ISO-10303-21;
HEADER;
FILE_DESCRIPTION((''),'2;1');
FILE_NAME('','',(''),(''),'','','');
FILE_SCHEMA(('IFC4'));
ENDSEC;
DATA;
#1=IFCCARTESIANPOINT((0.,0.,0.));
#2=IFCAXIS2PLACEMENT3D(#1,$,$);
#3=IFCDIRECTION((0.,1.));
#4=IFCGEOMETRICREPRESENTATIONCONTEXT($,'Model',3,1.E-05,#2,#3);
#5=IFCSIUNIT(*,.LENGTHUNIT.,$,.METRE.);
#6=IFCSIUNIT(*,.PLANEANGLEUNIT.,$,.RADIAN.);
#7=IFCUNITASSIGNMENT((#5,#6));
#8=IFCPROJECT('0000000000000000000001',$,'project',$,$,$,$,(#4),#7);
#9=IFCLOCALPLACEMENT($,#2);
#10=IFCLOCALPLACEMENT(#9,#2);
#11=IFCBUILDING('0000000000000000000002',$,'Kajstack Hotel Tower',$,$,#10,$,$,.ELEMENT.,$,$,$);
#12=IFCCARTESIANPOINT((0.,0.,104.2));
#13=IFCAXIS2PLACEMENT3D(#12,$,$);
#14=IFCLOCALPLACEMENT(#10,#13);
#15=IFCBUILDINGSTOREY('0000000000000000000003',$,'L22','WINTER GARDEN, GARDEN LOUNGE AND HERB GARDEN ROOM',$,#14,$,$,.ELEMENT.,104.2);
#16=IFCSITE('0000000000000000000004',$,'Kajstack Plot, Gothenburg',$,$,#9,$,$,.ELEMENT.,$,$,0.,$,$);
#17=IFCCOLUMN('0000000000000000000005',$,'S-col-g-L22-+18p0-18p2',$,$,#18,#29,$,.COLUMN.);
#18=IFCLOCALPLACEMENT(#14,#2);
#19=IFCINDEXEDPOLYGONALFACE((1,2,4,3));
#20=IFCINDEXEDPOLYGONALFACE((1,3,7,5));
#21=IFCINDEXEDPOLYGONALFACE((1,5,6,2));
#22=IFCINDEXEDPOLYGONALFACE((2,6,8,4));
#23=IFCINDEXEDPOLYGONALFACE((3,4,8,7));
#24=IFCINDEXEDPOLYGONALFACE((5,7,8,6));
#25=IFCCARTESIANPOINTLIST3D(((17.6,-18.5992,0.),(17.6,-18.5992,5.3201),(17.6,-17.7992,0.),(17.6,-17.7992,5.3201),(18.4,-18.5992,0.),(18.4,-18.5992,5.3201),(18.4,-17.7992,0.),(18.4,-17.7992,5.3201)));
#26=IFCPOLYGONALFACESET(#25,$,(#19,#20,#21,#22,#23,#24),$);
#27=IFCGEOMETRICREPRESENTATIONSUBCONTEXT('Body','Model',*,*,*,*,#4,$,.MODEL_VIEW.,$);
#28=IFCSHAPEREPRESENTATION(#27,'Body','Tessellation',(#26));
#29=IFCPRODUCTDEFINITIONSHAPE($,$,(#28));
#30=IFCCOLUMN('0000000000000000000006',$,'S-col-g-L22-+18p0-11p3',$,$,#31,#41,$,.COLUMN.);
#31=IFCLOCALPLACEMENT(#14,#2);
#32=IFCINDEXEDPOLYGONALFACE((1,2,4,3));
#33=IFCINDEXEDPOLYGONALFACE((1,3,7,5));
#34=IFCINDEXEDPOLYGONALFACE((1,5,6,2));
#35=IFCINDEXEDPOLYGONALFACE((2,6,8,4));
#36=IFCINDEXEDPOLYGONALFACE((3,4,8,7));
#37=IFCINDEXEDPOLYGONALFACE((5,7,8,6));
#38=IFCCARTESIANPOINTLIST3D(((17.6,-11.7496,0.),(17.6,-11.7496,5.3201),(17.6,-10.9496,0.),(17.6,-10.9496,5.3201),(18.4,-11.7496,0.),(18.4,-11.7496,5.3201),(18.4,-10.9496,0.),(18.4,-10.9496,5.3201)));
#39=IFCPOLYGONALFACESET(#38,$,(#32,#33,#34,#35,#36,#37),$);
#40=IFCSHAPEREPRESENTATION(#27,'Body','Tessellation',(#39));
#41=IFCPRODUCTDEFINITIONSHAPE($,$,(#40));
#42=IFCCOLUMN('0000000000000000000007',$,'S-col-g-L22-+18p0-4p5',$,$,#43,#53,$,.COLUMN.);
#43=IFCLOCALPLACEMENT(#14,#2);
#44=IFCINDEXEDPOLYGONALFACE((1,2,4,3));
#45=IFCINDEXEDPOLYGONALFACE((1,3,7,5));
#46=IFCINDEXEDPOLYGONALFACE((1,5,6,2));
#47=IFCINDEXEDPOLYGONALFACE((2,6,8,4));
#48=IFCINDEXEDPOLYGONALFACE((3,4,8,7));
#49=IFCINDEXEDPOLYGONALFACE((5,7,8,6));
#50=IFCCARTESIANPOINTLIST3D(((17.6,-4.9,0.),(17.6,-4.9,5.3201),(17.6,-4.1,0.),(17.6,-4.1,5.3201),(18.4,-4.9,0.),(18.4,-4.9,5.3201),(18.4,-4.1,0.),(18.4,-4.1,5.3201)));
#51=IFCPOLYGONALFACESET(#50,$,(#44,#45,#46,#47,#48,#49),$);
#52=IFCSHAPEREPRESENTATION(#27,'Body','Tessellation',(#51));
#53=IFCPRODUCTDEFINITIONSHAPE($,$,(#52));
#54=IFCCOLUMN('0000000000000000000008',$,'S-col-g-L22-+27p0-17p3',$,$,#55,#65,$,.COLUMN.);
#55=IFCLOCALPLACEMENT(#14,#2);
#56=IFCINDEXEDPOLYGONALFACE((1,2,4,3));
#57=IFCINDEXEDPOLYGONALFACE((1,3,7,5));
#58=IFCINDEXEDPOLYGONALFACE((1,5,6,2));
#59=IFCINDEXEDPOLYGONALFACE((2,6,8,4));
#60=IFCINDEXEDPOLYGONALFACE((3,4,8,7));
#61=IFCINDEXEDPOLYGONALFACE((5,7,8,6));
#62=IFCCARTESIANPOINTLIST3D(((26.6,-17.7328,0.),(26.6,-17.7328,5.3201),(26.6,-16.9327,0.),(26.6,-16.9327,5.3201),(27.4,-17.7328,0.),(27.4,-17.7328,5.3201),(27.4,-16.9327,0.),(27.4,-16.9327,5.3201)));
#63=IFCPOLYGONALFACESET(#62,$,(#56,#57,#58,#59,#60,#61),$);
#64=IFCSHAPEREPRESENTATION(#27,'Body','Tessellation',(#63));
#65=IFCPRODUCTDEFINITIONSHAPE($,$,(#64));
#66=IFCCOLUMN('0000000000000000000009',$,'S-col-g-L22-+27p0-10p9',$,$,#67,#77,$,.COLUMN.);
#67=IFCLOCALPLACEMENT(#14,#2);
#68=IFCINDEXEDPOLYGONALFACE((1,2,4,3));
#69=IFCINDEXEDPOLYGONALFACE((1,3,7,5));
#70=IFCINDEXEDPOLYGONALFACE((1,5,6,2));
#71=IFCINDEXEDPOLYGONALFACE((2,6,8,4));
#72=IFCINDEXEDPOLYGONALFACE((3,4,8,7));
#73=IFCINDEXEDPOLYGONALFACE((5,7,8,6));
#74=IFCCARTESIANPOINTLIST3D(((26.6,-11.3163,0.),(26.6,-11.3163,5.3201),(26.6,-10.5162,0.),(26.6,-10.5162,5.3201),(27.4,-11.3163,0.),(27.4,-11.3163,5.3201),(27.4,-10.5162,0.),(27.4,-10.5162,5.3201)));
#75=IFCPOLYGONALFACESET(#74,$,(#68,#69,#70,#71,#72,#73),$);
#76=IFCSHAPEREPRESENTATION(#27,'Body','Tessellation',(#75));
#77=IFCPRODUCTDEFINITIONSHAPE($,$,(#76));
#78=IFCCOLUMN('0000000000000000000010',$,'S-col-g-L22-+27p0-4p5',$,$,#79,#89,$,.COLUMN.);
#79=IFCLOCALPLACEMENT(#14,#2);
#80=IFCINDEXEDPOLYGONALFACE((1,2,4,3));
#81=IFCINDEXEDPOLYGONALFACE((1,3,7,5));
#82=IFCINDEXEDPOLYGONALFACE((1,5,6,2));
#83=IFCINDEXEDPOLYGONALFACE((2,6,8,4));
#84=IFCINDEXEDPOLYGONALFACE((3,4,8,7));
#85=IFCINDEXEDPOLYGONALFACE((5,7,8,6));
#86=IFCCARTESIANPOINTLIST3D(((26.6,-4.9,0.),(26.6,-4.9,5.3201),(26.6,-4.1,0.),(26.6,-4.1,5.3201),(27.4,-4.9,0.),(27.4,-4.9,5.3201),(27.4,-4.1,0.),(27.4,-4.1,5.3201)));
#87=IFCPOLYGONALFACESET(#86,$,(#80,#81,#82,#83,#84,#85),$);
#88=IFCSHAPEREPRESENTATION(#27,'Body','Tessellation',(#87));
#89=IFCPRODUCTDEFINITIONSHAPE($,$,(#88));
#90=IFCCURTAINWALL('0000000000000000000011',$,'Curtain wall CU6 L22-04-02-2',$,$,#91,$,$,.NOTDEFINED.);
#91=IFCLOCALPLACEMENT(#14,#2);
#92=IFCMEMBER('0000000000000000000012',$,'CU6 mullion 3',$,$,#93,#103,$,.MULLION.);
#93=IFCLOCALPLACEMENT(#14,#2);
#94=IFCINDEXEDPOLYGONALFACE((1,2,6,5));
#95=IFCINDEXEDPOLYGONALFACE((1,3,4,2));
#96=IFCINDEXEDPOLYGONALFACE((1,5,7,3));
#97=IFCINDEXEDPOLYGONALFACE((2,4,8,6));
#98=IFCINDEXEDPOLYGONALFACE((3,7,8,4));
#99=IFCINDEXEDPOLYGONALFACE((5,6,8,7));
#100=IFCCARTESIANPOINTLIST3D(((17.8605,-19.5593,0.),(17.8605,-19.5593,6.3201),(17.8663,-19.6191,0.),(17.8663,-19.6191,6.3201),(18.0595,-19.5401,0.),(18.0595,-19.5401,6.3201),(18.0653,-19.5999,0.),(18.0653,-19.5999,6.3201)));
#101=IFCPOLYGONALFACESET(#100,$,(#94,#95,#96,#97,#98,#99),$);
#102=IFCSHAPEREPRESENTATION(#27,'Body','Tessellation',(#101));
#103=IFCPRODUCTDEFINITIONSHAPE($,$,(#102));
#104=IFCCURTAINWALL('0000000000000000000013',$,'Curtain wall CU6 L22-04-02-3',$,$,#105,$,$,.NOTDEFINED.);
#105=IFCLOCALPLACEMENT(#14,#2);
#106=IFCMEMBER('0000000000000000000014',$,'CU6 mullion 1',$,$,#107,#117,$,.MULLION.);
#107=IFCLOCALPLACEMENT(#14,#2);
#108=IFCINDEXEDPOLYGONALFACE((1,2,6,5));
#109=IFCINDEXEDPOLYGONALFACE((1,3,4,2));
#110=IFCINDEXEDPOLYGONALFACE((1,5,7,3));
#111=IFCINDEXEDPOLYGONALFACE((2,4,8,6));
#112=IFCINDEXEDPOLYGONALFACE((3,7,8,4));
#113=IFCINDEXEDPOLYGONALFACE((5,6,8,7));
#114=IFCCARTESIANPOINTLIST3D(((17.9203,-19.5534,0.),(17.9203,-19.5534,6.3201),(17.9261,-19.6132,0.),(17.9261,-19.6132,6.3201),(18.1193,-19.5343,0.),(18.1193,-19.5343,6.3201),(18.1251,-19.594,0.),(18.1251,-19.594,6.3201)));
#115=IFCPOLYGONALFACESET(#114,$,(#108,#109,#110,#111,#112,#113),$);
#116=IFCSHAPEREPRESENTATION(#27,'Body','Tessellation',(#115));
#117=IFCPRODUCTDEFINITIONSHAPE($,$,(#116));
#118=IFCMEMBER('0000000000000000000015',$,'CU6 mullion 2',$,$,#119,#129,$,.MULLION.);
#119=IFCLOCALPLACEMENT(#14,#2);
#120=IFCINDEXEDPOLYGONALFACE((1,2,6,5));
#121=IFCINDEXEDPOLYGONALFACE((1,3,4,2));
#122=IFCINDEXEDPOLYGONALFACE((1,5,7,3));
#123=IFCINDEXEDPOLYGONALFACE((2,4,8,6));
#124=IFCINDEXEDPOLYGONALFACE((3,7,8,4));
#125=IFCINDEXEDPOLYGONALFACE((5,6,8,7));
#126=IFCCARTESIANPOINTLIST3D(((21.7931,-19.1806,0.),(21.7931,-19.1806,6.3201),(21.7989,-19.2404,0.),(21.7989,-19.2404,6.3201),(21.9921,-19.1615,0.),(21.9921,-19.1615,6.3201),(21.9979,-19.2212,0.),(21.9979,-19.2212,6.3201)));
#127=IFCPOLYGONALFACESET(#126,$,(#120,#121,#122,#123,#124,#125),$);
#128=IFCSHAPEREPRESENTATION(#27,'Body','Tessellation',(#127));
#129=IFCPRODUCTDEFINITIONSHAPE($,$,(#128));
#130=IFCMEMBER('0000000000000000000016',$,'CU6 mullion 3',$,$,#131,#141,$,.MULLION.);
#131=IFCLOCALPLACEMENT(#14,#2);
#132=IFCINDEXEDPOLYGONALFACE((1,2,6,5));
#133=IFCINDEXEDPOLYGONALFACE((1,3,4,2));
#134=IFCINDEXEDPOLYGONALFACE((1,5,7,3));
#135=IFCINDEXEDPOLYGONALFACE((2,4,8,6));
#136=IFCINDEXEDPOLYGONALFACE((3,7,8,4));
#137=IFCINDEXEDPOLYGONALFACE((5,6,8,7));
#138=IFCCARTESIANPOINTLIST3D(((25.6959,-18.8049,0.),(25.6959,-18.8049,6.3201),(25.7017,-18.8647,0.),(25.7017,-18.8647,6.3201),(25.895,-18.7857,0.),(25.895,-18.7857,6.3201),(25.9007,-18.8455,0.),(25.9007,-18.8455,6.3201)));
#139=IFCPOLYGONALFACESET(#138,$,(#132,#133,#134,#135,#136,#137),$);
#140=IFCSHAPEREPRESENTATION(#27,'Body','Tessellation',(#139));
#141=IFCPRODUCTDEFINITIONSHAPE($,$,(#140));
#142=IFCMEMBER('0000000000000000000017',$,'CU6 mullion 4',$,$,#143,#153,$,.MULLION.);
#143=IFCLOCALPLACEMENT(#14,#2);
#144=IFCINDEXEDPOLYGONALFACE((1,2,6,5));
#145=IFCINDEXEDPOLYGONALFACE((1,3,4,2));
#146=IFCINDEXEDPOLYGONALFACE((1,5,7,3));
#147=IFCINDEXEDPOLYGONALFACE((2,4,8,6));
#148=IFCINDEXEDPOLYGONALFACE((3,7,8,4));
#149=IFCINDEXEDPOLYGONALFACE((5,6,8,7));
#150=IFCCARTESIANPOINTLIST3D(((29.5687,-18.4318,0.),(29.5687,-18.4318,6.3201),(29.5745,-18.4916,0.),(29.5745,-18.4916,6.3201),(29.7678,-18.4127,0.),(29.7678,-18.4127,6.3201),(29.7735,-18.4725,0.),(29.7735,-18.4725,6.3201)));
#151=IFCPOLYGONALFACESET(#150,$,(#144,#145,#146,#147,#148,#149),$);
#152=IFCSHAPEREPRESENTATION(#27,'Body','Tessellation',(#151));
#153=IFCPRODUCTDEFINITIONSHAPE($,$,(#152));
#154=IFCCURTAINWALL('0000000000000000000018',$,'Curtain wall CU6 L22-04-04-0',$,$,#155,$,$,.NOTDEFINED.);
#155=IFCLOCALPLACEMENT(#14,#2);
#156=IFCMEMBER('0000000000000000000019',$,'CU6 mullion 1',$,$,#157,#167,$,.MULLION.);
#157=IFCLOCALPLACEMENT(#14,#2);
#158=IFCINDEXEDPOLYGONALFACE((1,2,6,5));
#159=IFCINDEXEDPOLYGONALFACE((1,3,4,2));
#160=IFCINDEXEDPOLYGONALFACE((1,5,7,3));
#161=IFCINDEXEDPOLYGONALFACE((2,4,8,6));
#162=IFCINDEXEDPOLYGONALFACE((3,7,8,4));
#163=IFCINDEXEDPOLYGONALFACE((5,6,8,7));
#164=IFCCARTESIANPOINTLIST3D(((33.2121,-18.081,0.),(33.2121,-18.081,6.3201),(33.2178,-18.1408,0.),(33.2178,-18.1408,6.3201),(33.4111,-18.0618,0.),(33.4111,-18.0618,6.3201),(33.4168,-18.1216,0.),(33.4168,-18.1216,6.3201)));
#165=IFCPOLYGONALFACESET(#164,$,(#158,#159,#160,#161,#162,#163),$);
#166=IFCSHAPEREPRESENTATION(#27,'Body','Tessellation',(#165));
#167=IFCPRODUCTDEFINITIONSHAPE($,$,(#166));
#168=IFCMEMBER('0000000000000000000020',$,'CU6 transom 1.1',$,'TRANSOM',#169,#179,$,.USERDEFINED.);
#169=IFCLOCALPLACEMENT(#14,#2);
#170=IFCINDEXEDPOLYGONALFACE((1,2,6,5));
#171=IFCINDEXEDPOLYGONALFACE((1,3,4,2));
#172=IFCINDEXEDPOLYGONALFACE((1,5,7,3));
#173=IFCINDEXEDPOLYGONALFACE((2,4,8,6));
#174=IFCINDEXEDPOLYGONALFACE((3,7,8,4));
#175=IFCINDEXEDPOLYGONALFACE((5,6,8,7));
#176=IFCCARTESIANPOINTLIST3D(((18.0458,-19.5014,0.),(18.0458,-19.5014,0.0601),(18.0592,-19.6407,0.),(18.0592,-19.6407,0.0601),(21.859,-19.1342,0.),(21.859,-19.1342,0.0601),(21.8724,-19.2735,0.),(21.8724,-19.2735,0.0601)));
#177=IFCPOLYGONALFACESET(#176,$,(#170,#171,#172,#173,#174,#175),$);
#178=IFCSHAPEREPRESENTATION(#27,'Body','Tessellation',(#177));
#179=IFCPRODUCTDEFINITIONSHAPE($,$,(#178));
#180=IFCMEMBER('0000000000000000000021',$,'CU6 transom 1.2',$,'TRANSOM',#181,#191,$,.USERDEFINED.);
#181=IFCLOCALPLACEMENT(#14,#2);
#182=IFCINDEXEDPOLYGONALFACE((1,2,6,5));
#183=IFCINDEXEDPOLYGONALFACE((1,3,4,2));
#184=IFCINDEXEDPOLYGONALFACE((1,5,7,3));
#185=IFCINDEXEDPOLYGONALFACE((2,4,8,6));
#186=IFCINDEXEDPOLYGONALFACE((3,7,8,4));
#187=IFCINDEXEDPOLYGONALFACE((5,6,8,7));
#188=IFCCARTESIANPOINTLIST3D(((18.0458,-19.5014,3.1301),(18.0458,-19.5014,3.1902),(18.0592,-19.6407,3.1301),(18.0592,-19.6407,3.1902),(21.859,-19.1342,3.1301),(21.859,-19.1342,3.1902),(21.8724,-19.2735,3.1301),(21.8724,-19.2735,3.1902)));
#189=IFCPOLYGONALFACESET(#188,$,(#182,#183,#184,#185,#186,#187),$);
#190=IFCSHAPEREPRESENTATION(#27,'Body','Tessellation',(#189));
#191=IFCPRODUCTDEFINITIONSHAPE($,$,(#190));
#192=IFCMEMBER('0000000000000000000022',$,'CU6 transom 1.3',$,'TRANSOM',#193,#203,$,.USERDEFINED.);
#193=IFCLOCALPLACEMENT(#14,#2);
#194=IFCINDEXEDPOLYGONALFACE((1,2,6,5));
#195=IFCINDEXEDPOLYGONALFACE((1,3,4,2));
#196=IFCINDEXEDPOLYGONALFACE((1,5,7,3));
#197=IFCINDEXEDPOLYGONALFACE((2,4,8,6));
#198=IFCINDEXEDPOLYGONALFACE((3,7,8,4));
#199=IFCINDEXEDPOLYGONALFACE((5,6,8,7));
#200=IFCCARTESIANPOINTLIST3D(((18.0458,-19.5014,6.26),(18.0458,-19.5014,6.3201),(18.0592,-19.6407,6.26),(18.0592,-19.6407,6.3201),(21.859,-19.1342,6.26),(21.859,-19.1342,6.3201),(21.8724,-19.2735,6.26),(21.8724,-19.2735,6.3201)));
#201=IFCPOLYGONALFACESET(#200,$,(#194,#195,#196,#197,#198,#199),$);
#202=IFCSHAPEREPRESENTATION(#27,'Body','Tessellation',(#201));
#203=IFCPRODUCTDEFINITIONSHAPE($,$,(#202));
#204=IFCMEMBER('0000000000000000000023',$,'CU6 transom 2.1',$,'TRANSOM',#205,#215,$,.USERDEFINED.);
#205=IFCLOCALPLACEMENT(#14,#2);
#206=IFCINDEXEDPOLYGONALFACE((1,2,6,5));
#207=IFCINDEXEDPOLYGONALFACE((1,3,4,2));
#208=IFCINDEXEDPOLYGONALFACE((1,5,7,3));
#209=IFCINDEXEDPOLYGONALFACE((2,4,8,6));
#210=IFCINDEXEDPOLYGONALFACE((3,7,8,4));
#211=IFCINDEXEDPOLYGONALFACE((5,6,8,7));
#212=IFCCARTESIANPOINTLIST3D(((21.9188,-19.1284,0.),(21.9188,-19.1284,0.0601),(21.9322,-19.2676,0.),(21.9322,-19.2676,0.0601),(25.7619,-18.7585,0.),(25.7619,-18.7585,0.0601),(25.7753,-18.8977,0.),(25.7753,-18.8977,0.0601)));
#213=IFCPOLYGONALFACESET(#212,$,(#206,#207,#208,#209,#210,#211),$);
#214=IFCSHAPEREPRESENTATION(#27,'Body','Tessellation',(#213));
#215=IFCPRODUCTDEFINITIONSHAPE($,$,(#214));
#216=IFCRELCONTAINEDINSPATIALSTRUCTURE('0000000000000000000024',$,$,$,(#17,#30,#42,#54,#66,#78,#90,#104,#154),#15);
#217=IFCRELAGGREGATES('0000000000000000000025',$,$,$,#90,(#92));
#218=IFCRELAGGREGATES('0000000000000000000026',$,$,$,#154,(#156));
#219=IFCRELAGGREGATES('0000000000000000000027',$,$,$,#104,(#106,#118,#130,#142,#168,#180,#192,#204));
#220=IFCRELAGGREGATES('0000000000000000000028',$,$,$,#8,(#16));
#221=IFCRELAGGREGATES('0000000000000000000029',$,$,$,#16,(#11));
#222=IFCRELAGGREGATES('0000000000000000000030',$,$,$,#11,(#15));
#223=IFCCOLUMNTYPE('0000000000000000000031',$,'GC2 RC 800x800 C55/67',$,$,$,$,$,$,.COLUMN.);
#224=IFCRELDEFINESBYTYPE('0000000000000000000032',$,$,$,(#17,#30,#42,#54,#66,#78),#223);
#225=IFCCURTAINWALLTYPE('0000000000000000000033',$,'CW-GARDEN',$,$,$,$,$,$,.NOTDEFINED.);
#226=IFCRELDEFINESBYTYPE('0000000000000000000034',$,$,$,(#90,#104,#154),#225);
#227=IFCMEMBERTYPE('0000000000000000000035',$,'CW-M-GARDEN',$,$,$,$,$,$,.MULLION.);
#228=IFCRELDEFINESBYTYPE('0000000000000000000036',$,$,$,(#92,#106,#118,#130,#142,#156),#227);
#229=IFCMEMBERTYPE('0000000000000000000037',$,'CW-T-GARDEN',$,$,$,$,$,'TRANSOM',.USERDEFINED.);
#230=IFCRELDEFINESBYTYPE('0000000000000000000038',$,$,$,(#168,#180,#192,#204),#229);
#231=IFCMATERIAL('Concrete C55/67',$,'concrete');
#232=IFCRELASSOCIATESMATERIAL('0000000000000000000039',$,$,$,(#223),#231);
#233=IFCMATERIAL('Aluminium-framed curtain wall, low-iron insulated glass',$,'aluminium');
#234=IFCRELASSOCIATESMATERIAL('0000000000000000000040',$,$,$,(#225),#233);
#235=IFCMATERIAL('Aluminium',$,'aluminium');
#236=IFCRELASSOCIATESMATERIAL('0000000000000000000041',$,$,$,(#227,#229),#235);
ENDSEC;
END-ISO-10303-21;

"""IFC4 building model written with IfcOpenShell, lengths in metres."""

from ifc_helpers import new_model, si_unit, direction, frame, origin, origin_2d, place, context, subcontext, project, spatial, rectangle, extrude, material, material_profile, profile_set, type_object, element, aggregate, save


model = new_model("IFC4")

# Units and contexts
model_context = context("Model", 3, precision=1e-05, world=origin(), true_north=direction((0.0, 1.0)))
body_context = subcontext(model_context, "Body", "Model", "MODEL_VIEW")
ifc_project = project(units=[si_unit("LENGTHUNIT", "METRE"), si_unit("PLANEANGLEUNIT", "RADIAN")], contexts=[model_context])

# Site, building, storey
site_placement = place(None, origin())
site = spatial("IfcSite", under=ifc_project, at=site_placement, Name="Kajstack Plot, Gothenburg", CompositionType="ELEMENT", RefElevation=0.0)
building_placement = place(site_placement, origin())
building = spatial("IfcBuilding", under=site, at=building_placement, Name="Kajstack Hotel Tower", CompositionType="ELEMENT")
storey_placement = place(building_placement, frame((0.0, 0.0, 104.2)))
storey = spatial("IfcBuildingStorey", under=building, at=storey_placement, Name="L22", Description="WINTER GARDEN, GARDEN LOUNGE AND HERB GARDEN ROOM", CompositionType="ELEMENT", Elevation=104.2)

# Columns
ifc_material_1 = material(Name="Concrete C55/67", Category="concrete")
ifc_material_profile_1 = material_profile(ifc_material_1, rectangle(XDim=0.8, YDim=0.8, at=origin_2d()), Name="RC 800x800")
ifc_profile_set_1 = profile_set([ifc_material_profile_1], Name="Concrete C55/67")
column_type = type_object("IfcColumnType", Name="GC2 RC 800x800 C55/67", PredefinedType="COLUMN", material=ifc_profile_set_1)
for number, where, z_axis, x_axis, name in (
    (1, (18.0, -18.1992, 0.0), (0.0, 0.0, 1.0), (1.0, 0.0, 0.0), "S-col-g-L22-+18p0-18p2"),
    (2, (18.0, -11.3496, 0.0), (0.0, 0.0, 1.0), (1.0, 0.0, 0.0), "S-col-g-L22-+18p0-11p3"),
    (3, (18.0, -4.5, 0.0), (0.0, 0.0, 1.0), (1.0, 0.0, 0.0), "S-col-g-L22-+18p0-4p5"),
    (4, (27.0, -17.3328, 0.0), (0.0, 0.0, 1.0), (1.0, 0.0, 0.0), "S-col-g-L22-+27p0-17p3"),
    (5, (27.0, -10.9163, 0.0), (0.0, 0.0, 1.0), (1.0, 0.0, 0.0), "S-col-g-L22-+27p0-10p9"),
    (6, (27.0, -4.5, 0.0), (0.0, 0.0, 1.0), (1.0, 0.0, 0.0), "S-col-g-L22-+27p0-4p5"),
):
    element("IfcColumn", number, at=place(storey_placement, frame(where, z_axis=z_axis, x_axis=x_axis)), inside=storey, type_object=column_type, Name=name, PredefinedType="COLUMN", context=body_context, shape_type="SweptSolid", body=[
        extrude(rectangle(XDim=0.8, YDim=0.8, at=origin_2d()), origin(), (0.0, 0.0, 1.0), 5.3201),
    ])

# Curtain wall, member
ifc_material_2 = material(Name="Aluminium-framed curtain wall, low-iron insulated glass", Category="aluminium")
curtain_wall_type = type_object("IfcCurtainWallType", Name="CW-GARDEN", PredefinedType="NOTDEFINED", material=ifc_material_2)
curtain_wall_1_placement = place(storey_placement, origin())
curtain_wall_1 = element("IfcCurtainWall", 7, at=curtain_wall_1_placement, inside=storey, type_object=curtain_wall_type, Name="Curtain wall CU6 L22-04-02-2", PredefinedType="NOTDEFINED")
ifc_material_3 = material(Name="Aluminium", Category="aluminium")
ifc_material_profile_2 = material_profile(ifc_material_3, rectangle(XDim=0.0601, YDim=0.2, at=origin_2d()), Name="Aluminium mullion 60 x 200")
ifc_profile_set_2 = profile_set([ifc_material_profile_2], Name="Aluminium")
member_type_1 = type_object("IfcMemberType", Name="CW-M-GARDEN", PredefinedType="MULLION", material=ifc_profile_set_2)
member_1_placement = place(storey_placement, frame((17.9629, -19.5796, 0.0), z_axis=(0.0, 0.0, 1.0), x_axis=(-0.095846, 0.995396, 0.0)))
member_1 = element("IfcMember", 8, at=member_1_placement, type_object=member_type_1, Name="CU6 mullion 3", PredefinedType="MULLION", context=body_context, shape_type="SweptSolid", body=[
    extrude(rectangle(XDim=0.0601, YDim=0.2, at=origin_2d()), origin(), (0.0, 0.0, 1.0), 6.3201),
])
aggregate(curtain_wall_1, [member_1])

# Curtain wall, members
curtain_wall_2_placement = place(storey_placement, origin())
curtain_wall_2 = element("IfcCurtainWall", 9, at=curtain_wall_2_placement, inside=storey, type_object=curtain_wall_type, Name="Curtain wall CU6 L22-04-02-3", PredefinedType="NOTDEFINED")
member_2_placement = place(storey_placement, frame((18.0227, -19.5737, 0.0), z_axis=(0.0, 0.0, 1.0), x_axis=(-0.095846, 0.995396, 0.0)))
member_2 = element("IfcMember", 10, at=member_2_placement, type_object=member_type_1, Name="CU6 mullion 1", PredefinedType="MULLION", context=body_context, shape_type="SweptSolid", body=[
    extrude(rectangle(XDim=0.0601, YDim=0.2, at=origin_2d()), origin(), (0.0, 0.0, 1.0), 6.3201),
])
member_3_placement = place(storey_placement, frame((21.8955, -19.2009, 0.0), z_axis=(0.0, 0.0, 1.0), x_axis=(-0.095846, 0.995396, 0.0)))
member_3 = element("IfcMember", 11, at=member_3_placement, type_object=member_type_1, Name="CU6 mullion 2", PredefinedType="MULLION", context=body_context, shape_type="SweptSolid", body=[
    extrude(rectangle(XDim=0.0601, YDim=0.2, at=origin_2d()), origin(), (0.0, 0.0, 1.0), 6.3201),
])
member_4_placement = place(storey_placement, frame((25.7983, -18.8252, 0.0), z_axis=(0.0, 0.0, 1.0), x_axis=(-0.095846, 0.995396, 0.0)))
member_4 = element("IfcMember", 12, at=member_4_placement, type_object=member_type_1, Name="CU6 mullion 3", PredefinedType="MULLION", context=body_context, shape_type="SweptSolid", body=[
    extrude(rectangle(XDim=0.0601, YDim=0.2, at=origin_2d()), origin(), (0.0, 0.0, 1.0), 6.3201),
])
member_5_placement = place(storey_placement, frame((29.6711, -18.4521, 0.0), z_axis=(0.0, 0.0, 1.0), x_axis=(-0.095846, 0.995396, 0.0)))
member_5 = element("IfcMember", 13, at=member_5_placement, type_object=member_type_1, Name="CU6 mullion 4", PredefinedType="MULLION", context=body_context, shape_type="SweptSolid", body=[
    extrude(rectangle(XDim=0.0601, YDim=0.2, at=origin_2d()), origin(), (0.0, 0.0, 1.0), 6.3201),
])

# Curtain wall, member
curtain_wall_3_placement = place(storey_placement, origin())
curtain_wall_3 = element("IfcCurtainWall", 14, at=curtain_wall_3_placement, inside=storey, type_object=curtain_wall_type, Name="Curtain wall CU6 L22-04-04-0", PredefinedType="NOTDEFINED")
member_6_placement = place(storey_placement, frame((33.3145, -18.1013, 0.0), z_axis=(0.0, 0.0, 1.0), x_axis=(-0.095846, 0.995396, 0.0)))
member_6 = element("IfcMember", 15, at=member_6_placement, type_object=member_type_1, Name="CU6 mullion 1", PredefinedType="MULLION", context=body_context, shape_type="SweptSolid", body=[
    extrude(rectangle(XDim=0.0601, YDim=0.2, at=origin_2d()), origin(), (0.0, 0.0, 1.0), 6.3201),
])

# Members
ifc_material_profile_3 = material_profile(ifc_material_3, rectangle(XDim=0.1399, YDim=0.0601, at=origin_2d()), Name="Aluminium transom 140 x 60")
ifc_profile_set_3 = profile_set([ifc_material_profile_3], Name="Aluminium")
member_type_2 = type_object("IfcMemberType", Name="CW-T-GARDEN", ElementType="TRANSOM", PredefinedType="USERDEFINED", material=ifc_profile_set_3)
member_7_placement = place(storey_placement, frame((18.0525, -19.571, 0.03), z_axis=(0.995396, 0.09585, 0.0), x_axis=(-0.09585, 0.995396, 0.0)))
member_7 = element("IfcMember", 16, at=member_7_placement, type_object=member_type_2, Name="CU6 transom 1.1", ObjectType="TRANSOM", PredefinedType="USERDEFINED", context=body_context, shape_type="SweptSolid", body=[
    extrude(rectangle(XDim=0.1399, YDim=0.0601, at=origin_2d()), origin(), (0.0, 0.0, 1.0), 3.8308),
])
member_8_placement = place(storey_placement, frame((18.0525, -19.571, 3.1602), z_axis=(0.995396, 0.09585, 0.0), x_axis=(-0.09585, 0.995396, 0.0)))
member_8 = element("IfcMember", 17, at=member_8_placement, type_object=member_type_2, Name="CU6 transom 1.2", ObjectType="TRANSOM", PredefinedType="USERDEFINED", context=body_context, shape_type="SweptSolid", body=[
    extrude(rectangle(XDim=0.1399, YDim=0.0601, at=origin_2d()), origin(), (0.0, 0.0, 1.0), 3.8308),
])
member_9_placement = place(storey_placement, frame((18.0525, -19.571, 6.29), z_axis=(0.995396, 0.09585, 0.0), x_axis=(-0.09585, 0.995396, 0.0)))
member_9 = element("IfcMember", 18, at=member_9_placement, type_object=member_type_2, Name="CU6 transom 1.3", ObjectType="TRANSOM", PredefinedType="USERDEFINED", context=body_context, shape_type="SweptSolid", body=[
    extrude(rectangle(XDim=0.1399, YDim=0.0601, at=origin_2d()), origin(), (0.0, 0.0, 1.0), 3.8308),
])
member_10_placement = place(storey_placement, frame((21.9255, -19.198, 0.03), z_axis=(0.9954, 0.095803, 0.0), x_axis=(-0.095803, 0.9954, 0.0)))
member_10 = element("IfcMember", 19, at=member_10_placement, type_object=member_type_2, Name="CU6 transom 2.1", ObjectType="TRANSOM", PredefinedType="USERDEFINED", context=body_context, shape_type="SweptSolid", body=[
    extrude(rectangle(XDim=0.1399, YDim=0.0601, at=origin_2d()), origin(), (0.0, 0.0, 1.0), 3.8608),
])
aggregate(curtain_wall_3, [member_6])

aggregate(curtain_wall_2, [member_2, member_3, member_4, member_5, member_7, member_8, member_9, member_10])

save(model, "model.ifc")
